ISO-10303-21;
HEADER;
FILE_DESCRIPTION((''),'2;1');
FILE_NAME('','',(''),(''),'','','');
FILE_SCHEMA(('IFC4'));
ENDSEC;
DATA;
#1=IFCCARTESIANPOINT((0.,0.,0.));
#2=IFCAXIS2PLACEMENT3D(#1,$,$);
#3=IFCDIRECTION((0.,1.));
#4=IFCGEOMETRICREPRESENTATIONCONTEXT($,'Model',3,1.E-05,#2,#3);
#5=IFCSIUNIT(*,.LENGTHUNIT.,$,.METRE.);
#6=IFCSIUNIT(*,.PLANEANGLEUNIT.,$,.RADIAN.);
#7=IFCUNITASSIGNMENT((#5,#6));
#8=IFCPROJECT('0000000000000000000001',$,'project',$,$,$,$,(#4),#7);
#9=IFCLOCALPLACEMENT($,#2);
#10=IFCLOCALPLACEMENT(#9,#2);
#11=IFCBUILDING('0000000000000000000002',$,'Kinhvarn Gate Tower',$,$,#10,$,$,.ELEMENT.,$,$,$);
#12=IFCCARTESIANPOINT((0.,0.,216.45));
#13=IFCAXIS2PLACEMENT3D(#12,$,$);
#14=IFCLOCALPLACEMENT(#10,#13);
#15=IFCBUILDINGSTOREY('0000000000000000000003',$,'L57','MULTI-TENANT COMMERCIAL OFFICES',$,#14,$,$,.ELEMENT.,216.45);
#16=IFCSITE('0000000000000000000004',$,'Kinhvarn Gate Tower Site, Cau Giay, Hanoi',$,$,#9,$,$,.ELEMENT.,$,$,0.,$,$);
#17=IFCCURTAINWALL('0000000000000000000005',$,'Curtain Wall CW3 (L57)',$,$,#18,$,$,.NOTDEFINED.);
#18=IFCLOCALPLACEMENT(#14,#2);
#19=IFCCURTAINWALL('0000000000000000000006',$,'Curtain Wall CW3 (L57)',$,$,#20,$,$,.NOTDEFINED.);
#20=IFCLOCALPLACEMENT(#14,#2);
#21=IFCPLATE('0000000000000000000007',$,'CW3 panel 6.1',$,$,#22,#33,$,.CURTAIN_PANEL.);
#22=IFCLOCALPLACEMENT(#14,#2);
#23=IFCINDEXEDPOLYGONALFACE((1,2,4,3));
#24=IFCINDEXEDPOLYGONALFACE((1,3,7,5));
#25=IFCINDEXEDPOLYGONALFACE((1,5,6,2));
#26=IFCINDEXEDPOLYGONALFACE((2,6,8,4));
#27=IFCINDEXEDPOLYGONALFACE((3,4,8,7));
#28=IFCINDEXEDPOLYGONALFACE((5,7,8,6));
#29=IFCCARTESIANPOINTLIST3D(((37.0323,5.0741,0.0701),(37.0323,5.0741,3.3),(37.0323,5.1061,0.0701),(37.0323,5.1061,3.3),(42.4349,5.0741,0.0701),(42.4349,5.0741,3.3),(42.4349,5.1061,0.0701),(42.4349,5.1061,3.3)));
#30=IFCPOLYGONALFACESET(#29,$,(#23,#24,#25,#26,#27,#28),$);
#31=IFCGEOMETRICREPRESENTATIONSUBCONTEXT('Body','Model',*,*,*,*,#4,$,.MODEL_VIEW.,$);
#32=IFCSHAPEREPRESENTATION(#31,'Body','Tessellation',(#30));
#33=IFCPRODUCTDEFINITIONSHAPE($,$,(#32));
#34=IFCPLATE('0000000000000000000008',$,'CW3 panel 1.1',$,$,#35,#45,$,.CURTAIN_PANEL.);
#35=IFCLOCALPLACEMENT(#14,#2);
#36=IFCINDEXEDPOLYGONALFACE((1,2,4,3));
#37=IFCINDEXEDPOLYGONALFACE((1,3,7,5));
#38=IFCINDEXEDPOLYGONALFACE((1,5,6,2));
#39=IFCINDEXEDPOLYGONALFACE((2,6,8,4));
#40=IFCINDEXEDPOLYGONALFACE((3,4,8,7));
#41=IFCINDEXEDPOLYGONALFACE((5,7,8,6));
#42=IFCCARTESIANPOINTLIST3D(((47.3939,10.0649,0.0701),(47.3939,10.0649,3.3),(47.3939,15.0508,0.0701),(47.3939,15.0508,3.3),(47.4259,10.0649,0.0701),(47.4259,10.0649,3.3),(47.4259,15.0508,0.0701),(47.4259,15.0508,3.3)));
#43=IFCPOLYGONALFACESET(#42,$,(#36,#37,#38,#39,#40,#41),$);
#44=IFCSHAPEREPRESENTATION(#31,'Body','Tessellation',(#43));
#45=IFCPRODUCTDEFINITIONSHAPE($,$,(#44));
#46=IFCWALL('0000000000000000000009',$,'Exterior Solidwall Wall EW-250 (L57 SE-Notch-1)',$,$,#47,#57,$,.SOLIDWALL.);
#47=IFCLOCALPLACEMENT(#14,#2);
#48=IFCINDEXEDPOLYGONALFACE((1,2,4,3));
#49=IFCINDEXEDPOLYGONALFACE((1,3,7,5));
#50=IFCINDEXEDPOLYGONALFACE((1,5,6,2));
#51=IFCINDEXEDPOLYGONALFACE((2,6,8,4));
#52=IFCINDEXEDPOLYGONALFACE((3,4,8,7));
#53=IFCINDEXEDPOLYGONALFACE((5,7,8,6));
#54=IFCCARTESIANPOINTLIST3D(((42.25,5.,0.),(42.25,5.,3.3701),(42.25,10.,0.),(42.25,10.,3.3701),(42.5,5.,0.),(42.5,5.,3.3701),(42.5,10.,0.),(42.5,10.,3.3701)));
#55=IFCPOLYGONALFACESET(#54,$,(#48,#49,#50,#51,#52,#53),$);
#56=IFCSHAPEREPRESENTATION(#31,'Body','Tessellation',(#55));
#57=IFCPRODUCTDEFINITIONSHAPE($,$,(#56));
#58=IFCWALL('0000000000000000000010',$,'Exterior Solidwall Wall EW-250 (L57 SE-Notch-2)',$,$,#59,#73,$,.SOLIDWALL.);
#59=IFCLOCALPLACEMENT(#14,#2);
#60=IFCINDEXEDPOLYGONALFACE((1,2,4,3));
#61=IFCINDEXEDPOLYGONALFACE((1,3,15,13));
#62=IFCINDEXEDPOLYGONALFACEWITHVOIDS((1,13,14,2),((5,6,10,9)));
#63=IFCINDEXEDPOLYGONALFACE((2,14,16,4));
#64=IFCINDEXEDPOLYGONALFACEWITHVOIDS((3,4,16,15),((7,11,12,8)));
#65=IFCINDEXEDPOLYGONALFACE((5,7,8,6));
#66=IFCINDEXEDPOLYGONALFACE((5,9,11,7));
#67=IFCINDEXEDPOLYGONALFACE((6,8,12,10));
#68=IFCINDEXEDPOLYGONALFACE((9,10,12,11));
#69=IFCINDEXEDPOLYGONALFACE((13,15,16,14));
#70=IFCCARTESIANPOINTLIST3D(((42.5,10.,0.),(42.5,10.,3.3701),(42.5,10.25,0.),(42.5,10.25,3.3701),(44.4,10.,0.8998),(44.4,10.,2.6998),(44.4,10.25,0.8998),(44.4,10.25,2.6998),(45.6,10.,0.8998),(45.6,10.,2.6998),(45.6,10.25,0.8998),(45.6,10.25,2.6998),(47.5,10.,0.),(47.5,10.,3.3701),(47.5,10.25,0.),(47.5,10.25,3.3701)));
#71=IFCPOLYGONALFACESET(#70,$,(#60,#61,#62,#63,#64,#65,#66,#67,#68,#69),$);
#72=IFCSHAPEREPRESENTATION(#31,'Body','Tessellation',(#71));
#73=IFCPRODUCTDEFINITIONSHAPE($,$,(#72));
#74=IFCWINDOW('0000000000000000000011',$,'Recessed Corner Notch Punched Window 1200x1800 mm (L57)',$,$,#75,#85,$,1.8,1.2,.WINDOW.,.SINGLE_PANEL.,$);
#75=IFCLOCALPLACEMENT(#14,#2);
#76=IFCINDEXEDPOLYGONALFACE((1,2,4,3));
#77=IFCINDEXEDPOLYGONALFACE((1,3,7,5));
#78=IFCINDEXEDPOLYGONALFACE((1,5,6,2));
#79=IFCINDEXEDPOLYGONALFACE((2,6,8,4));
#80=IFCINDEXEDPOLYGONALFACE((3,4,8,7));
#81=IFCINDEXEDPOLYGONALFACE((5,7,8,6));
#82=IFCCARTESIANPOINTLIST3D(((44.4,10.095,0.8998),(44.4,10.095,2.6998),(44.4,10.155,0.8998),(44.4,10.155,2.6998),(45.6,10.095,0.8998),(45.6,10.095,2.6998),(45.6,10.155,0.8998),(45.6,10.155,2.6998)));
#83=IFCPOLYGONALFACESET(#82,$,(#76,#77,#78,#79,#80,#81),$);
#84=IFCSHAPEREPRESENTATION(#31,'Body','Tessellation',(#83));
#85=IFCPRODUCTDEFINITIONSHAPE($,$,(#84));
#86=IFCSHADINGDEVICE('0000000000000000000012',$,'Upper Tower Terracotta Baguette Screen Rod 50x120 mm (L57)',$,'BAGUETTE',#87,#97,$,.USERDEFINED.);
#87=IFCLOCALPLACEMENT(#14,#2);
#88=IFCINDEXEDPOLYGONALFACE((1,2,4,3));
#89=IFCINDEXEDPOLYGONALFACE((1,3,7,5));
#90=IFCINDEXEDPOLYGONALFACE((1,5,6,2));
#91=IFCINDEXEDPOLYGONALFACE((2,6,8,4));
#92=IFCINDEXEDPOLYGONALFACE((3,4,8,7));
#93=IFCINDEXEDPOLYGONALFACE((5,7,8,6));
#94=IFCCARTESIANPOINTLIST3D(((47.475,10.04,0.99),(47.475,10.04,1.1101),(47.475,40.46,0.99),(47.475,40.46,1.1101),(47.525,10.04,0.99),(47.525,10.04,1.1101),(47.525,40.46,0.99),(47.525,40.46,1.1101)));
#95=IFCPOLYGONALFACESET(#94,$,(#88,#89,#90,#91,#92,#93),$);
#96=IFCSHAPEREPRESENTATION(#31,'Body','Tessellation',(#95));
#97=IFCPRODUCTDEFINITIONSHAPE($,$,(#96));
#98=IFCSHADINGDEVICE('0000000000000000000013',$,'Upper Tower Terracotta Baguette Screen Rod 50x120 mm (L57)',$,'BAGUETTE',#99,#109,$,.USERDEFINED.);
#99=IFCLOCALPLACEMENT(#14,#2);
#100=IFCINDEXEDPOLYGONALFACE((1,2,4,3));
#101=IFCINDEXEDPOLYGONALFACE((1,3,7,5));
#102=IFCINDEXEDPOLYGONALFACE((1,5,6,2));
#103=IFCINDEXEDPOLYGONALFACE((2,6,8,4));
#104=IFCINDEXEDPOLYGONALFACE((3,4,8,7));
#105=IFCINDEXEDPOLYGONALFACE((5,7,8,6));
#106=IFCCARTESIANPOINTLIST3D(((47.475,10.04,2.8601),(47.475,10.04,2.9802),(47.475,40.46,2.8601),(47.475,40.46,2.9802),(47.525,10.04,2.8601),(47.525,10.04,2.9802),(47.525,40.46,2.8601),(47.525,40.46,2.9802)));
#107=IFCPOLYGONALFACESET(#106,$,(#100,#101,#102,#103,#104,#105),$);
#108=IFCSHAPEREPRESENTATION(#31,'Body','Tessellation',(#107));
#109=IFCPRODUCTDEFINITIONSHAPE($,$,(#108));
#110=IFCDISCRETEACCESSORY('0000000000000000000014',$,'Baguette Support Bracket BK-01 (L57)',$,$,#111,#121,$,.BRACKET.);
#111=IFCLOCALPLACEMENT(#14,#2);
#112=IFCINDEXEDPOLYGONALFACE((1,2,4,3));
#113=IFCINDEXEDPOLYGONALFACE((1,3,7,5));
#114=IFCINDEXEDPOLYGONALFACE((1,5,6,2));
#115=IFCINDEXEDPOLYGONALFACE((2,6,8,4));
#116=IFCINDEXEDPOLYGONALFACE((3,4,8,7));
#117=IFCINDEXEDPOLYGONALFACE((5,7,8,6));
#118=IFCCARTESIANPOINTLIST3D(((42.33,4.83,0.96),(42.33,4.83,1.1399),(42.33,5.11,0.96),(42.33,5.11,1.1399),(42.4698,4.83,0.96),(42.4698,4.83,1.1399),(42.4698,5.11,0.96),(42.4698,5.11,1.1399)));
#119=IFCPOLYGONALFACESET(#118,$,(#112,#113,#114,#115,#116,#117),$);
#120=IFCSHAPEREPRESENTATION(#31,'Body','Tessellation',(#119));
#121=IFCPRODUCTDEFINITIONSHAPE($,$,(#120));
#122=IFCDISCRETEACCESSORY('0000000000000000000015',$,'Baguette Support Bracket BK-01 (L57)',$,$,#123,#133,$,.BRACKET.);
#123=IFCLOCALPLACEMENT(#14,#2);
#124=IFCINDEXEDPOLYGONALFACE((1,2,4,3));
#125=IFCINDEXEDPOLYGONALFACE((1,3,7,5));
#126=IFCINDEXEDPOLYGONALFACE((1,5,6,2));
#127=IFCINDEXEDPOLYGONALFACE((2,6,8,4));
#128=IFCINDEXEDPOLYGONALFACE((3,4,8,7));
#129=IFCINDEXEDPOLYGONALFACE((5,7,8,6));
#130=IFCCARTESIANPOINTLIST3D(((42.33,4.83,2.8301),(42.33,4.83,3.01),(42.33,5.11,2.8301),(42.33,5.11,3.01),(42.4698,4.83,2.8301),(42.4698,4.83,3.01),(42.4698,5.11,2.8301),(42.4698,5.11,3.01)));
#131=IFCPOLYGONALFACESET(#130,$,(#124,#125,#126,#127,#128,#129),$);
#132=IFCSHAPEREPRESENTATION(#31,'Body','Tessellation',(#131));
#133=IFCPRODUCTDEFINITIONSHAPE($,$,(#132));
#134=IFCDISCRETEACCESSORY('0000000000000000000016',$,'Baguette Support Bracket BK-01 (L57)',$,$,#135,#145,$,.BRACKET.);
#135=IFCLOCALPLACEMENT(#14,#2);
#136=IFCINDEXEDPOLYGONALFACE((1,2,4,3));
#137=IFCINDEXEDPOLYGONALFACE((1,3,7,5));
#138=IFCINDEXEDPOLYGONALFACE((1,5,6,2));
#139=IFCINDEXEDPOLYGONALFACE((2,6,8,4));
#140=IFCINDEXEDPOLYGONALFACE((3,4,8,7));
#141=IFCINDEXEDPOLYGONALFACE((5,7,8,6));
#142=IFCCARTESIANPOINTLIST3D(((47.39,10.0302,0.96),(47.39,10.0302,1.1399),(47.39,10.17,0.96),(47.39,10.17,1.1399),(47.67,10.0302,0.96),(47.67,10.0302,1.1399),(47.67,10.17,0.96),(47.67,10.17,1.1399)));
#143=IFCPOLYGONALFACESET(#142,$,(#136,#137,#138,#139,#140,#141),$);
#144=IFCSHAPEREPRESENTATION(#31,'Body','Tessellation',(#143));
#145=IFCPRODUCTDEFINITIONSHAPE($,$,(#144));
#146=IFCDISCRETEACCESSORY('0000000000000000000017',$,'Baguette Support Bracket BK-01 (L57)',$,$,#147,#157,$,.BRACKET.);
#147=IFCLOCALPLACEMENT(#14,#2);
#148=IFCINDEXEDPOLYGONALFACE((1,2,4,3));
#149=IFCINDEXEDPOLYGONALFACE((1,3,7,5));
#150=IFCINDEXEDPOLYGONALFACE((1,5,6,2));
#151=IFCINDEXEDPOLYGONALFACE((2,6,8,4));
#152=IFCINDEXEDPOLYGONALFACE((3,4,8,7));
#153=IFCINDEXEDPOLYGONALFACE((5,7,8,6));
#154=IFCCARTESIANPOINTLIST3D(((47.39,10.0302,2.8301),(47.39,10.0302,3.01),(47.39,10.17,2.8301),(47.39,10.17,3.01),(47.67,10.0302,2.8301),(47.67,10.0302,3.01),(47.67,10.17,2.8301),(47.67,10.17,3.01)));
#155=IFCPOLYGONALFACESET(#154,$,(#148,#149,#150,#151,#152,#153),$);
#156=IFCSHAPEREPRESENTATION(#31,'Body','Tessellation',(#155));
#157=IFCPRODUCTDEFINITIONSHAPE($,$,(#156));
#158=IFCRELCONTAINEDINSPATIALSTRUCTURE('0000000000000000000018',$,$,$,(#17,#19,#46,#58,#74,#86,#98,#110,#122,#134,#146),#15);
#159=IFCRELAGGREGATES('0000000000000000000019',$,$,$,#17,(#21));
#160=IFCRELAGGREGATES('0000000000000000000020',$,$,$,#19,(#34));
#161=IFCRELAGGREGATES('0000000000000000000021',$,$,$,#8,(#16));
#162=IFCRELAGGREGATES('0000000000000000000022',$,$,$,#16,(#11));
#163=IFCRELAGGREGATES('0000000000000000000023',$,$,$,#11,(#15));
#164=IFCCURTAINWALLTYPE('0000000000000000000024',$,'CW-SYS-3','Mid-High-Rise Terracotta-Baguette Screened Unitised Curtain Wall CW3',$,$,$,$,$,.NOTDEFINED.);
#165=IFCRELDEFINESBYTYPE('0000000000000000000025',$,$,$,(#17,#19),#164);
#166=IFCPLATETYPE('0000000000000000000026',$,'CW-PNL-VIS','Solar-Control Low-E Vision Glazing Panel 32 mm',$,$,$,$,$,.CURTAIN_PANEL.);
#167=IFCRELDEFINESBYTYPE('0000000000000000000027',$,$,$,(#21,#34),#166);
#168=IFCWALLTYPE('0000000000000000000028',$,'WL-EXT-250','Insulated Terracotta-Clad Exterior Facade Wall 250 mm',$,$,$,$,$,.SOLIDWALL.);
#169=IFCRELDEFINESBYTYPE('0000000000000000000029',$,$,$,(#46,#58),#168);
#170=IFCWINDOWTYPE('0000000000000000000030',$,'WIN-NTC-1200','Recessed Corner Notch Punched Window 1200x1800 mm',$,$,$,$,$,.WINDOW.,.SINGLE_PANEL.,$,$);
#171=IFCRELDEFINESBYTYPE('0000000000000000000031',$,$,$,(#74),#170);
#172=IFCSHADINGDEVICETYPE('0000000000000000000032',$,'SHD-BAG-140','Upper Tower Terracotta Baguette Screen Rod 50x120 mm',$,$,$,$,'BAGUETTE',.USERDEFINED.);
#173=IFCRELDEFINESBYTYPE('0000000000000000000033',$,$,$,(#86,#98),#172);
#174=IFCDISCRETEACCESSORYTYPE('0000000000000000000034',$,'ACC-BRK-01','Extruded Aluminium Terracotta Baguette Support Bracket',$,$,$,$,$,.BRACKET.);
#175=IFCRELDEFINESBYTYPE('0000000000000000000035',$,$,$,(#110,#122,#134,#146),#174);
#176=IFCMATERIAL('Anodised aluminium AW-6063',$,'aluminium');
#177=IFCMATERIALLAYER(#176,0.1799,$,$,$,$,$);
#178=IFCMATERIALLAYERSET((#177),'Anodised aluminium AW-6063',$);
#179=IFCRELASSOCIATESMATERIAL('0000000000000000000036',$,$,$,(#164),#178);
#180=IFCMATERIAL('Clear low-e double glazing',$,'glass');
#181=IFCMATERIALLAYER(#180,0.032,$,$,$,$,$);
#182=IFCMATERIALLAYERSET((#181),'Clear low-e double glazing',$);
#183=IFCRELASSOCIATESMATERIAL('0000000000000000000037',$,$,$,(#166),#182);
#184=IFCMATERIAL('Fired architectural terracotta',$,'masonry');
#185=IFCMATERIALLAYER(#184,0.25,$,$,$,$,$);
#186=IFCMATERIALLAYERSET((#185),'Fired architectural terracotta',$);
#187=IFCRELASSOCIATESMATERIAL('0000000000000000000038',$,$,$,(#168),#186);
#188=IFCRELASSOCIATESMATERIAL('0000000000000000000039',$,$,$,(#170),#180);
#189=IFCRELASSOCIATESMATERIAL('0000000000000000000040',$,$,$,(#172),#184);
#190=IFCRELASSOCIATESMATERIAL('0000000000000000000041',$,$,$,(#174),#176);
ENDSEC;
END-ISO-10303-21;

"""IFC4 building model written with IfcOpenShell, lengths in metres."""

from ifc_helpers import new_model, si_unit, direction, frame, frame_2d, origin, origin_2d, place, context, subcontext, project, spatial, rectangle, extrude, material, layer, layer_set, material_profile, profile_set, type_object, element, fill, aggregate, save


model = new_model("IFC4")

# Units and contexts
model_context = context("Model", 3, precision=1e-05, world=origin(), true_north=direction((0.0, 1.0)))
body_context = subcontext(model_context, "Body", "Model", "MODEL_VIEW")
ifc_project = project(units=[si_unit("LENGTHUNIT", "METRE"), si_unit("PLANEANGLEUNIT", "RADIAN")], contexts=[model_context])

# Site, building, storey
site_placement = place(None, origin())
site = spatial("IfcSite", under=ifc_project, at=site_placement, Name="Kinhvarn Gate Tower Site, Cau Giay, Hanoi", CompositionType="ELEMENT", RefElevation=0.0)
building_placement = place(site_placement, origin())
building = spatial("IfcBuilding", under=site, at=building_placement, Name="Kinhvarn Gate Tower", CompositionType="ELEMENT")
storey_placement = place(building_placement, frame((0.0, 0.0, 216.45)))
storey = spatial("IfcBuildingStorey", under=building, at=storey_placement, Name="L57", Description="MULTI-TENANT COMMERCIAL OFFICES", CompositionType="ELEMENT", Elevation=216.45)

# Curtain wall
ifc_material_1 = material(Name="Anodised aluminium AW-6063", Category="aluminium")
ifc_layer_1 = layer(ifc_material_1, 0.1799)
ifc_layer_set_1 = layer_set([ifc_layer_1], Name="Anodised aluminium AW-6063")
curtain_wall_type = type_object("IfcCurtainWallType", Name="CW-SYS-3", Description="Mid-High-Rise Terracotta-Baguette Screened Unitised Curtain Wall CW3", PredefinedType="NOTDEFINED", material=ifc_layer_set_1)
curtain_wall_1_placement = place(storey_placement, origin())
curtain_wall_1 = element("IfcCurtainWall", 1, at=curtain_wall_1_placement, inside=storey, type_object=curtain_wall_type, Name="Curtain Wall CW3 (L57)", PredefinedType="NOTDEFINED")

# Curtain wall
curtain_wall_2_placement = place(storey_placement, origin())
curtain_wall_2 = element("IfcCurtainWall", 2, at=curtain_wall_2_placement, inside=storey, type_object=curtain_wall_type, Name="Curtain Wall CW3 (L57)", PredefinedType="NOTDEFINED")

# Plates
ifc_material_2 = material(Name="Clear low-e double glazing", Category="glass")
ifc_layer_2 = layer(ifc_material_2, 0.032)
ifc_layer_set_2 = layer_set([ifc_layer_2], Name="Clear low-e double glazing")
plate_type = type_object("IfcPlateType", Name="CW-PNL-VIS", Description="Solar-Control Low-E Vision Glazing Panel 32 mm", PredefinedType="CURTAIN_PANEL", material=ifc_layer_set_2)
plate_1_placement = place(storey_placement, frame((39.7336, 5.0901, 0.0701), z_axis=(0.0, 0.0, 1.0), x_axis=(1.0, 0.0, 0.0)))
plate_1 = element("IfcPlate", 3, at=plate_1_placement, type_object=plate_type, Name="CW3 panel 6.1", PredefinedType="CURTAIN_PANEL", context=body_context, shape_type="SweptSolid", body=[
    extrude(rectangle(XDim=5.4026, YDim=0.032, at=origin_2d()), origin(), (0.0, 0.0, 1.0), 3.23),
])
aggregate(curtain_wall_1, [plate_1])
plate_2_placement = place(storey_placement, frame((47.4099, 12.5579, 0.0701), z_axis=(0.0, 0.0, 1.0), x_axis=(0.0, 1.0, 0.0)))
plate_2 = element("IfcPlate", 4, at=plate_2_placement, type_object=plate_type, Name="CW3 panel 1.1", PredefinedType="CURTAIN_PANEL", context=body_context, shape_type="SweptSolid", body=[
    extrude(rectangle(XDim=4.9858, YDim=0.032, at=origin_2d()), origin(), (0.0, 0.0, 1.0), 3.23),
])
aggregate(curtain_wall_2, [plate_2])

# Wall
ifc_material_3 = material(Name="Fired architectural terracotta", Category="masonry")
ifc_layer_3 = layer(ifc_material_3, 0.25)
ifc_layer_set_3 = layer_set([ifc_layer_3], Name="Fired architectural terracotta")
wall_type = type_object("IfcWallType", Name="WL-EXT-250", Description="Insulated Terracotta-Clad Exterior Facade Wall 250 mm", PredefinedType="SOLIDWALL", material=ifc_layer_set_3)
wall_1_placement = place(storey_placement, frame((42.375, 5.0, 0.0), z_axis=(0.0, 0.0, 1.0), x_axis=(0.0, 1.0, 0.0)))
element("IfcWall", 5, at=wall_1_placement, inside=storey, type_object=wall_type, Name="Exterior Solidwall Wall EW-250 (L57 SE-Notch-1)", PredefinedType="SOLIDWALL", context=body_context, shape_type="SweptSolid", body=[
    extrude(rectangle(XDim=5.0, YDim=0.25, at=frame_2d((2.5, 0.0))), origin(), (0.0, 0.0, 1.0), 3.3701),
])

# Wall, opening, window
wall_2_placement = place(storey_placement, frame((42.5, 10.125, 0.0), z_axis=(0.0, 0.0, 1.0), x_axis=(1.0, 0.0, 0.0)))
wall_2 = element("IfcWall", 6, at=wall_2_placement, inside=storey, type_object=wall_type, Name="Exterior Solidwall Wall EW-250 (L57 SE-Notch-2)", PredefinedType="SOLIDWALL", context=body_context, shape_type="SweptSolid", body=[
    extrude(rectangle(XDim=5.0, YDim=0.25, at=frame_2d((2.5, 0.0))), origin(), (0.0, 0.0, 1.0), 3.3701),
])
opening_placement = place(wall_2_placement, frame((1.8999, 0.0, 0.8999)))
opening = element("IfcOpeningElement", 7, at=opening_placement, cuts=wall_2, PredefinedType="OPENING", context=body_context, shape_type="SweptSolid", body=[
    extrude(rectangle(XDim=1.2, YDim=1.8, at=frame_2d((0.6001, 0.8999))), frame((0.0, 0.135, 0.0), z_axis=(0.0, -1.0, 0.0), x_axis=(1.0, 0.0, 0.0)), (0.0, 0.0, 1.0), 0.27),
])
window_type = type_object("IfcWindowType", Name="WIN-NTC-1200", Description="Recessed Corner Notch Punched Window 1200x1800 mm", PartitioningType="SINGLE_PANEL", PredefinedType="WINDOW", material=ifc_material_2)
window_placement = place(opening_placement, origin())
window = element("IfcWindow", 8, at=window_placement, inside=storey, type_object=window_type, Name="Recessed Corner Notch Punched Window 1200x1800 mm (L57)", OverallHeight=1.8, OverallWidth=1.2, PartitioningType="SINGLE_PANEL", PredefinedType="WINDOW", context=body_context, shape_type="SweptSolid", body=[
    extrude(rectangle(XDim=1.2, YDim=1.8, at=frame_2d((0.6001, 0.8999))), frame((0.0, 0.03, 0.0), z_axis=(0.0, -1.0, 0.0), x_axis=(1.0, 0.0, 0.0)), (0.0, 0.0, 1.0), 0.0601),
])
fill(opening, window)

# Shading devices
ifc_material_profile_1 = material_profile(ifc_material_3, rectangle(XDim=0.05, YDim=0.1201, at=origin_2d()), Name="TC 50x120")
ifc_profile_set_1 = profile_set([ifc_material_profile_1], Name="Fired architectural terracotta")
shading_device_type = type_object("IfcShadingDeviceType", Name="SHD-BAG-140", Description="Upper Tower Terracotta Baguette Screen Rod 50x120 mm", ElementType="BAGUETTE", PredefinedType="USERDEFINED", material=ifc_profile_set_1)
for number, where, z_axis, x_axis, name in (
    (9, (47.5, 10.04, 1.05), (0.0, 1.0, 0.0), (-1.0, 0.0, 0.0), "Upper Tower Terracotta Baguette Screen Rod 50x120 mm (L57)"),
    (10, (47.5, 10.04, 2.9202), (0.0, 1.0, 0.0), (-1.0, 0.0, 0.0), "Upper Tower Terracotta Baguette Screen Rod 50x120 mm (L57)"),
):
    element("IfcShadingDevice", number, at=place(storey_placement, frame(where, z_axis=z_axis, x_axis=x_axis)), inside=storey, type_object=shading_device_type, Name=name, ObjectType="BAGUETTE", PredefinedType="USERDEFINED", context=body_context, shape_type="SweptSolid", body=[
        extrude(rectangle(XDim=0.05, YDim=0.1201, at=origin_2d()), origin(), (0.0, 0.0, 1.0), 30.4199),
    ])

# Discrete accessories
discrete_accessory_type = type_object("IfcDiscreteAccessoryType", Name="ACC-BRK-01", Description="Extruded Aluminium Terracotta Baguette Support Bracket", PredefinedType="BRACKET", material=ifc_material_1)
for number, where, z_axis, x_axis, name in (
    (11, (42.3999, 4.97, 0.96), (0.0, 0.0, 1.0), (1.0, 0.0, 0.0), "Baguette Support Bracket BK-01 (L57)"),
    (12, (42.3999, 4.97, 2.8301), (0.0, 0.0, 1.0), (1.0, 0.0, 0.0), "Baguette Support Bracket BK-01 (L57)"),
    (13, (47.53, 10.1001, 0.96), (0.0, 0.0, 1.0), (0.0, 1.0, 0.0), "Baguette Support Bracket BK-01 (L57)"),
    (14, (47.53, 10.1001, 2.8301), (0.0, 0.0, 1.0), (0.0, 1.0, 0.0), "Baguette Support Bracket BK-01 (L57)"),
):
    element("IfcDiscreteAccessory", number, at=place(storey_placement, frame(where, z_axis=z_axis, x_axis=x_axis)), inside=storey, type_object=discrete_accessory_type, Name=name, PredefinedType="BRACKET", context=body_context, shape_type="SweptSolid", body=[
        extrude(rectangle(XDim=0.1399, YDim=0.28, at=origin_2d()), origin(), (0.0, 0.0, 1.0), 0.1799),
    ])

save(model, "model.ifc")
